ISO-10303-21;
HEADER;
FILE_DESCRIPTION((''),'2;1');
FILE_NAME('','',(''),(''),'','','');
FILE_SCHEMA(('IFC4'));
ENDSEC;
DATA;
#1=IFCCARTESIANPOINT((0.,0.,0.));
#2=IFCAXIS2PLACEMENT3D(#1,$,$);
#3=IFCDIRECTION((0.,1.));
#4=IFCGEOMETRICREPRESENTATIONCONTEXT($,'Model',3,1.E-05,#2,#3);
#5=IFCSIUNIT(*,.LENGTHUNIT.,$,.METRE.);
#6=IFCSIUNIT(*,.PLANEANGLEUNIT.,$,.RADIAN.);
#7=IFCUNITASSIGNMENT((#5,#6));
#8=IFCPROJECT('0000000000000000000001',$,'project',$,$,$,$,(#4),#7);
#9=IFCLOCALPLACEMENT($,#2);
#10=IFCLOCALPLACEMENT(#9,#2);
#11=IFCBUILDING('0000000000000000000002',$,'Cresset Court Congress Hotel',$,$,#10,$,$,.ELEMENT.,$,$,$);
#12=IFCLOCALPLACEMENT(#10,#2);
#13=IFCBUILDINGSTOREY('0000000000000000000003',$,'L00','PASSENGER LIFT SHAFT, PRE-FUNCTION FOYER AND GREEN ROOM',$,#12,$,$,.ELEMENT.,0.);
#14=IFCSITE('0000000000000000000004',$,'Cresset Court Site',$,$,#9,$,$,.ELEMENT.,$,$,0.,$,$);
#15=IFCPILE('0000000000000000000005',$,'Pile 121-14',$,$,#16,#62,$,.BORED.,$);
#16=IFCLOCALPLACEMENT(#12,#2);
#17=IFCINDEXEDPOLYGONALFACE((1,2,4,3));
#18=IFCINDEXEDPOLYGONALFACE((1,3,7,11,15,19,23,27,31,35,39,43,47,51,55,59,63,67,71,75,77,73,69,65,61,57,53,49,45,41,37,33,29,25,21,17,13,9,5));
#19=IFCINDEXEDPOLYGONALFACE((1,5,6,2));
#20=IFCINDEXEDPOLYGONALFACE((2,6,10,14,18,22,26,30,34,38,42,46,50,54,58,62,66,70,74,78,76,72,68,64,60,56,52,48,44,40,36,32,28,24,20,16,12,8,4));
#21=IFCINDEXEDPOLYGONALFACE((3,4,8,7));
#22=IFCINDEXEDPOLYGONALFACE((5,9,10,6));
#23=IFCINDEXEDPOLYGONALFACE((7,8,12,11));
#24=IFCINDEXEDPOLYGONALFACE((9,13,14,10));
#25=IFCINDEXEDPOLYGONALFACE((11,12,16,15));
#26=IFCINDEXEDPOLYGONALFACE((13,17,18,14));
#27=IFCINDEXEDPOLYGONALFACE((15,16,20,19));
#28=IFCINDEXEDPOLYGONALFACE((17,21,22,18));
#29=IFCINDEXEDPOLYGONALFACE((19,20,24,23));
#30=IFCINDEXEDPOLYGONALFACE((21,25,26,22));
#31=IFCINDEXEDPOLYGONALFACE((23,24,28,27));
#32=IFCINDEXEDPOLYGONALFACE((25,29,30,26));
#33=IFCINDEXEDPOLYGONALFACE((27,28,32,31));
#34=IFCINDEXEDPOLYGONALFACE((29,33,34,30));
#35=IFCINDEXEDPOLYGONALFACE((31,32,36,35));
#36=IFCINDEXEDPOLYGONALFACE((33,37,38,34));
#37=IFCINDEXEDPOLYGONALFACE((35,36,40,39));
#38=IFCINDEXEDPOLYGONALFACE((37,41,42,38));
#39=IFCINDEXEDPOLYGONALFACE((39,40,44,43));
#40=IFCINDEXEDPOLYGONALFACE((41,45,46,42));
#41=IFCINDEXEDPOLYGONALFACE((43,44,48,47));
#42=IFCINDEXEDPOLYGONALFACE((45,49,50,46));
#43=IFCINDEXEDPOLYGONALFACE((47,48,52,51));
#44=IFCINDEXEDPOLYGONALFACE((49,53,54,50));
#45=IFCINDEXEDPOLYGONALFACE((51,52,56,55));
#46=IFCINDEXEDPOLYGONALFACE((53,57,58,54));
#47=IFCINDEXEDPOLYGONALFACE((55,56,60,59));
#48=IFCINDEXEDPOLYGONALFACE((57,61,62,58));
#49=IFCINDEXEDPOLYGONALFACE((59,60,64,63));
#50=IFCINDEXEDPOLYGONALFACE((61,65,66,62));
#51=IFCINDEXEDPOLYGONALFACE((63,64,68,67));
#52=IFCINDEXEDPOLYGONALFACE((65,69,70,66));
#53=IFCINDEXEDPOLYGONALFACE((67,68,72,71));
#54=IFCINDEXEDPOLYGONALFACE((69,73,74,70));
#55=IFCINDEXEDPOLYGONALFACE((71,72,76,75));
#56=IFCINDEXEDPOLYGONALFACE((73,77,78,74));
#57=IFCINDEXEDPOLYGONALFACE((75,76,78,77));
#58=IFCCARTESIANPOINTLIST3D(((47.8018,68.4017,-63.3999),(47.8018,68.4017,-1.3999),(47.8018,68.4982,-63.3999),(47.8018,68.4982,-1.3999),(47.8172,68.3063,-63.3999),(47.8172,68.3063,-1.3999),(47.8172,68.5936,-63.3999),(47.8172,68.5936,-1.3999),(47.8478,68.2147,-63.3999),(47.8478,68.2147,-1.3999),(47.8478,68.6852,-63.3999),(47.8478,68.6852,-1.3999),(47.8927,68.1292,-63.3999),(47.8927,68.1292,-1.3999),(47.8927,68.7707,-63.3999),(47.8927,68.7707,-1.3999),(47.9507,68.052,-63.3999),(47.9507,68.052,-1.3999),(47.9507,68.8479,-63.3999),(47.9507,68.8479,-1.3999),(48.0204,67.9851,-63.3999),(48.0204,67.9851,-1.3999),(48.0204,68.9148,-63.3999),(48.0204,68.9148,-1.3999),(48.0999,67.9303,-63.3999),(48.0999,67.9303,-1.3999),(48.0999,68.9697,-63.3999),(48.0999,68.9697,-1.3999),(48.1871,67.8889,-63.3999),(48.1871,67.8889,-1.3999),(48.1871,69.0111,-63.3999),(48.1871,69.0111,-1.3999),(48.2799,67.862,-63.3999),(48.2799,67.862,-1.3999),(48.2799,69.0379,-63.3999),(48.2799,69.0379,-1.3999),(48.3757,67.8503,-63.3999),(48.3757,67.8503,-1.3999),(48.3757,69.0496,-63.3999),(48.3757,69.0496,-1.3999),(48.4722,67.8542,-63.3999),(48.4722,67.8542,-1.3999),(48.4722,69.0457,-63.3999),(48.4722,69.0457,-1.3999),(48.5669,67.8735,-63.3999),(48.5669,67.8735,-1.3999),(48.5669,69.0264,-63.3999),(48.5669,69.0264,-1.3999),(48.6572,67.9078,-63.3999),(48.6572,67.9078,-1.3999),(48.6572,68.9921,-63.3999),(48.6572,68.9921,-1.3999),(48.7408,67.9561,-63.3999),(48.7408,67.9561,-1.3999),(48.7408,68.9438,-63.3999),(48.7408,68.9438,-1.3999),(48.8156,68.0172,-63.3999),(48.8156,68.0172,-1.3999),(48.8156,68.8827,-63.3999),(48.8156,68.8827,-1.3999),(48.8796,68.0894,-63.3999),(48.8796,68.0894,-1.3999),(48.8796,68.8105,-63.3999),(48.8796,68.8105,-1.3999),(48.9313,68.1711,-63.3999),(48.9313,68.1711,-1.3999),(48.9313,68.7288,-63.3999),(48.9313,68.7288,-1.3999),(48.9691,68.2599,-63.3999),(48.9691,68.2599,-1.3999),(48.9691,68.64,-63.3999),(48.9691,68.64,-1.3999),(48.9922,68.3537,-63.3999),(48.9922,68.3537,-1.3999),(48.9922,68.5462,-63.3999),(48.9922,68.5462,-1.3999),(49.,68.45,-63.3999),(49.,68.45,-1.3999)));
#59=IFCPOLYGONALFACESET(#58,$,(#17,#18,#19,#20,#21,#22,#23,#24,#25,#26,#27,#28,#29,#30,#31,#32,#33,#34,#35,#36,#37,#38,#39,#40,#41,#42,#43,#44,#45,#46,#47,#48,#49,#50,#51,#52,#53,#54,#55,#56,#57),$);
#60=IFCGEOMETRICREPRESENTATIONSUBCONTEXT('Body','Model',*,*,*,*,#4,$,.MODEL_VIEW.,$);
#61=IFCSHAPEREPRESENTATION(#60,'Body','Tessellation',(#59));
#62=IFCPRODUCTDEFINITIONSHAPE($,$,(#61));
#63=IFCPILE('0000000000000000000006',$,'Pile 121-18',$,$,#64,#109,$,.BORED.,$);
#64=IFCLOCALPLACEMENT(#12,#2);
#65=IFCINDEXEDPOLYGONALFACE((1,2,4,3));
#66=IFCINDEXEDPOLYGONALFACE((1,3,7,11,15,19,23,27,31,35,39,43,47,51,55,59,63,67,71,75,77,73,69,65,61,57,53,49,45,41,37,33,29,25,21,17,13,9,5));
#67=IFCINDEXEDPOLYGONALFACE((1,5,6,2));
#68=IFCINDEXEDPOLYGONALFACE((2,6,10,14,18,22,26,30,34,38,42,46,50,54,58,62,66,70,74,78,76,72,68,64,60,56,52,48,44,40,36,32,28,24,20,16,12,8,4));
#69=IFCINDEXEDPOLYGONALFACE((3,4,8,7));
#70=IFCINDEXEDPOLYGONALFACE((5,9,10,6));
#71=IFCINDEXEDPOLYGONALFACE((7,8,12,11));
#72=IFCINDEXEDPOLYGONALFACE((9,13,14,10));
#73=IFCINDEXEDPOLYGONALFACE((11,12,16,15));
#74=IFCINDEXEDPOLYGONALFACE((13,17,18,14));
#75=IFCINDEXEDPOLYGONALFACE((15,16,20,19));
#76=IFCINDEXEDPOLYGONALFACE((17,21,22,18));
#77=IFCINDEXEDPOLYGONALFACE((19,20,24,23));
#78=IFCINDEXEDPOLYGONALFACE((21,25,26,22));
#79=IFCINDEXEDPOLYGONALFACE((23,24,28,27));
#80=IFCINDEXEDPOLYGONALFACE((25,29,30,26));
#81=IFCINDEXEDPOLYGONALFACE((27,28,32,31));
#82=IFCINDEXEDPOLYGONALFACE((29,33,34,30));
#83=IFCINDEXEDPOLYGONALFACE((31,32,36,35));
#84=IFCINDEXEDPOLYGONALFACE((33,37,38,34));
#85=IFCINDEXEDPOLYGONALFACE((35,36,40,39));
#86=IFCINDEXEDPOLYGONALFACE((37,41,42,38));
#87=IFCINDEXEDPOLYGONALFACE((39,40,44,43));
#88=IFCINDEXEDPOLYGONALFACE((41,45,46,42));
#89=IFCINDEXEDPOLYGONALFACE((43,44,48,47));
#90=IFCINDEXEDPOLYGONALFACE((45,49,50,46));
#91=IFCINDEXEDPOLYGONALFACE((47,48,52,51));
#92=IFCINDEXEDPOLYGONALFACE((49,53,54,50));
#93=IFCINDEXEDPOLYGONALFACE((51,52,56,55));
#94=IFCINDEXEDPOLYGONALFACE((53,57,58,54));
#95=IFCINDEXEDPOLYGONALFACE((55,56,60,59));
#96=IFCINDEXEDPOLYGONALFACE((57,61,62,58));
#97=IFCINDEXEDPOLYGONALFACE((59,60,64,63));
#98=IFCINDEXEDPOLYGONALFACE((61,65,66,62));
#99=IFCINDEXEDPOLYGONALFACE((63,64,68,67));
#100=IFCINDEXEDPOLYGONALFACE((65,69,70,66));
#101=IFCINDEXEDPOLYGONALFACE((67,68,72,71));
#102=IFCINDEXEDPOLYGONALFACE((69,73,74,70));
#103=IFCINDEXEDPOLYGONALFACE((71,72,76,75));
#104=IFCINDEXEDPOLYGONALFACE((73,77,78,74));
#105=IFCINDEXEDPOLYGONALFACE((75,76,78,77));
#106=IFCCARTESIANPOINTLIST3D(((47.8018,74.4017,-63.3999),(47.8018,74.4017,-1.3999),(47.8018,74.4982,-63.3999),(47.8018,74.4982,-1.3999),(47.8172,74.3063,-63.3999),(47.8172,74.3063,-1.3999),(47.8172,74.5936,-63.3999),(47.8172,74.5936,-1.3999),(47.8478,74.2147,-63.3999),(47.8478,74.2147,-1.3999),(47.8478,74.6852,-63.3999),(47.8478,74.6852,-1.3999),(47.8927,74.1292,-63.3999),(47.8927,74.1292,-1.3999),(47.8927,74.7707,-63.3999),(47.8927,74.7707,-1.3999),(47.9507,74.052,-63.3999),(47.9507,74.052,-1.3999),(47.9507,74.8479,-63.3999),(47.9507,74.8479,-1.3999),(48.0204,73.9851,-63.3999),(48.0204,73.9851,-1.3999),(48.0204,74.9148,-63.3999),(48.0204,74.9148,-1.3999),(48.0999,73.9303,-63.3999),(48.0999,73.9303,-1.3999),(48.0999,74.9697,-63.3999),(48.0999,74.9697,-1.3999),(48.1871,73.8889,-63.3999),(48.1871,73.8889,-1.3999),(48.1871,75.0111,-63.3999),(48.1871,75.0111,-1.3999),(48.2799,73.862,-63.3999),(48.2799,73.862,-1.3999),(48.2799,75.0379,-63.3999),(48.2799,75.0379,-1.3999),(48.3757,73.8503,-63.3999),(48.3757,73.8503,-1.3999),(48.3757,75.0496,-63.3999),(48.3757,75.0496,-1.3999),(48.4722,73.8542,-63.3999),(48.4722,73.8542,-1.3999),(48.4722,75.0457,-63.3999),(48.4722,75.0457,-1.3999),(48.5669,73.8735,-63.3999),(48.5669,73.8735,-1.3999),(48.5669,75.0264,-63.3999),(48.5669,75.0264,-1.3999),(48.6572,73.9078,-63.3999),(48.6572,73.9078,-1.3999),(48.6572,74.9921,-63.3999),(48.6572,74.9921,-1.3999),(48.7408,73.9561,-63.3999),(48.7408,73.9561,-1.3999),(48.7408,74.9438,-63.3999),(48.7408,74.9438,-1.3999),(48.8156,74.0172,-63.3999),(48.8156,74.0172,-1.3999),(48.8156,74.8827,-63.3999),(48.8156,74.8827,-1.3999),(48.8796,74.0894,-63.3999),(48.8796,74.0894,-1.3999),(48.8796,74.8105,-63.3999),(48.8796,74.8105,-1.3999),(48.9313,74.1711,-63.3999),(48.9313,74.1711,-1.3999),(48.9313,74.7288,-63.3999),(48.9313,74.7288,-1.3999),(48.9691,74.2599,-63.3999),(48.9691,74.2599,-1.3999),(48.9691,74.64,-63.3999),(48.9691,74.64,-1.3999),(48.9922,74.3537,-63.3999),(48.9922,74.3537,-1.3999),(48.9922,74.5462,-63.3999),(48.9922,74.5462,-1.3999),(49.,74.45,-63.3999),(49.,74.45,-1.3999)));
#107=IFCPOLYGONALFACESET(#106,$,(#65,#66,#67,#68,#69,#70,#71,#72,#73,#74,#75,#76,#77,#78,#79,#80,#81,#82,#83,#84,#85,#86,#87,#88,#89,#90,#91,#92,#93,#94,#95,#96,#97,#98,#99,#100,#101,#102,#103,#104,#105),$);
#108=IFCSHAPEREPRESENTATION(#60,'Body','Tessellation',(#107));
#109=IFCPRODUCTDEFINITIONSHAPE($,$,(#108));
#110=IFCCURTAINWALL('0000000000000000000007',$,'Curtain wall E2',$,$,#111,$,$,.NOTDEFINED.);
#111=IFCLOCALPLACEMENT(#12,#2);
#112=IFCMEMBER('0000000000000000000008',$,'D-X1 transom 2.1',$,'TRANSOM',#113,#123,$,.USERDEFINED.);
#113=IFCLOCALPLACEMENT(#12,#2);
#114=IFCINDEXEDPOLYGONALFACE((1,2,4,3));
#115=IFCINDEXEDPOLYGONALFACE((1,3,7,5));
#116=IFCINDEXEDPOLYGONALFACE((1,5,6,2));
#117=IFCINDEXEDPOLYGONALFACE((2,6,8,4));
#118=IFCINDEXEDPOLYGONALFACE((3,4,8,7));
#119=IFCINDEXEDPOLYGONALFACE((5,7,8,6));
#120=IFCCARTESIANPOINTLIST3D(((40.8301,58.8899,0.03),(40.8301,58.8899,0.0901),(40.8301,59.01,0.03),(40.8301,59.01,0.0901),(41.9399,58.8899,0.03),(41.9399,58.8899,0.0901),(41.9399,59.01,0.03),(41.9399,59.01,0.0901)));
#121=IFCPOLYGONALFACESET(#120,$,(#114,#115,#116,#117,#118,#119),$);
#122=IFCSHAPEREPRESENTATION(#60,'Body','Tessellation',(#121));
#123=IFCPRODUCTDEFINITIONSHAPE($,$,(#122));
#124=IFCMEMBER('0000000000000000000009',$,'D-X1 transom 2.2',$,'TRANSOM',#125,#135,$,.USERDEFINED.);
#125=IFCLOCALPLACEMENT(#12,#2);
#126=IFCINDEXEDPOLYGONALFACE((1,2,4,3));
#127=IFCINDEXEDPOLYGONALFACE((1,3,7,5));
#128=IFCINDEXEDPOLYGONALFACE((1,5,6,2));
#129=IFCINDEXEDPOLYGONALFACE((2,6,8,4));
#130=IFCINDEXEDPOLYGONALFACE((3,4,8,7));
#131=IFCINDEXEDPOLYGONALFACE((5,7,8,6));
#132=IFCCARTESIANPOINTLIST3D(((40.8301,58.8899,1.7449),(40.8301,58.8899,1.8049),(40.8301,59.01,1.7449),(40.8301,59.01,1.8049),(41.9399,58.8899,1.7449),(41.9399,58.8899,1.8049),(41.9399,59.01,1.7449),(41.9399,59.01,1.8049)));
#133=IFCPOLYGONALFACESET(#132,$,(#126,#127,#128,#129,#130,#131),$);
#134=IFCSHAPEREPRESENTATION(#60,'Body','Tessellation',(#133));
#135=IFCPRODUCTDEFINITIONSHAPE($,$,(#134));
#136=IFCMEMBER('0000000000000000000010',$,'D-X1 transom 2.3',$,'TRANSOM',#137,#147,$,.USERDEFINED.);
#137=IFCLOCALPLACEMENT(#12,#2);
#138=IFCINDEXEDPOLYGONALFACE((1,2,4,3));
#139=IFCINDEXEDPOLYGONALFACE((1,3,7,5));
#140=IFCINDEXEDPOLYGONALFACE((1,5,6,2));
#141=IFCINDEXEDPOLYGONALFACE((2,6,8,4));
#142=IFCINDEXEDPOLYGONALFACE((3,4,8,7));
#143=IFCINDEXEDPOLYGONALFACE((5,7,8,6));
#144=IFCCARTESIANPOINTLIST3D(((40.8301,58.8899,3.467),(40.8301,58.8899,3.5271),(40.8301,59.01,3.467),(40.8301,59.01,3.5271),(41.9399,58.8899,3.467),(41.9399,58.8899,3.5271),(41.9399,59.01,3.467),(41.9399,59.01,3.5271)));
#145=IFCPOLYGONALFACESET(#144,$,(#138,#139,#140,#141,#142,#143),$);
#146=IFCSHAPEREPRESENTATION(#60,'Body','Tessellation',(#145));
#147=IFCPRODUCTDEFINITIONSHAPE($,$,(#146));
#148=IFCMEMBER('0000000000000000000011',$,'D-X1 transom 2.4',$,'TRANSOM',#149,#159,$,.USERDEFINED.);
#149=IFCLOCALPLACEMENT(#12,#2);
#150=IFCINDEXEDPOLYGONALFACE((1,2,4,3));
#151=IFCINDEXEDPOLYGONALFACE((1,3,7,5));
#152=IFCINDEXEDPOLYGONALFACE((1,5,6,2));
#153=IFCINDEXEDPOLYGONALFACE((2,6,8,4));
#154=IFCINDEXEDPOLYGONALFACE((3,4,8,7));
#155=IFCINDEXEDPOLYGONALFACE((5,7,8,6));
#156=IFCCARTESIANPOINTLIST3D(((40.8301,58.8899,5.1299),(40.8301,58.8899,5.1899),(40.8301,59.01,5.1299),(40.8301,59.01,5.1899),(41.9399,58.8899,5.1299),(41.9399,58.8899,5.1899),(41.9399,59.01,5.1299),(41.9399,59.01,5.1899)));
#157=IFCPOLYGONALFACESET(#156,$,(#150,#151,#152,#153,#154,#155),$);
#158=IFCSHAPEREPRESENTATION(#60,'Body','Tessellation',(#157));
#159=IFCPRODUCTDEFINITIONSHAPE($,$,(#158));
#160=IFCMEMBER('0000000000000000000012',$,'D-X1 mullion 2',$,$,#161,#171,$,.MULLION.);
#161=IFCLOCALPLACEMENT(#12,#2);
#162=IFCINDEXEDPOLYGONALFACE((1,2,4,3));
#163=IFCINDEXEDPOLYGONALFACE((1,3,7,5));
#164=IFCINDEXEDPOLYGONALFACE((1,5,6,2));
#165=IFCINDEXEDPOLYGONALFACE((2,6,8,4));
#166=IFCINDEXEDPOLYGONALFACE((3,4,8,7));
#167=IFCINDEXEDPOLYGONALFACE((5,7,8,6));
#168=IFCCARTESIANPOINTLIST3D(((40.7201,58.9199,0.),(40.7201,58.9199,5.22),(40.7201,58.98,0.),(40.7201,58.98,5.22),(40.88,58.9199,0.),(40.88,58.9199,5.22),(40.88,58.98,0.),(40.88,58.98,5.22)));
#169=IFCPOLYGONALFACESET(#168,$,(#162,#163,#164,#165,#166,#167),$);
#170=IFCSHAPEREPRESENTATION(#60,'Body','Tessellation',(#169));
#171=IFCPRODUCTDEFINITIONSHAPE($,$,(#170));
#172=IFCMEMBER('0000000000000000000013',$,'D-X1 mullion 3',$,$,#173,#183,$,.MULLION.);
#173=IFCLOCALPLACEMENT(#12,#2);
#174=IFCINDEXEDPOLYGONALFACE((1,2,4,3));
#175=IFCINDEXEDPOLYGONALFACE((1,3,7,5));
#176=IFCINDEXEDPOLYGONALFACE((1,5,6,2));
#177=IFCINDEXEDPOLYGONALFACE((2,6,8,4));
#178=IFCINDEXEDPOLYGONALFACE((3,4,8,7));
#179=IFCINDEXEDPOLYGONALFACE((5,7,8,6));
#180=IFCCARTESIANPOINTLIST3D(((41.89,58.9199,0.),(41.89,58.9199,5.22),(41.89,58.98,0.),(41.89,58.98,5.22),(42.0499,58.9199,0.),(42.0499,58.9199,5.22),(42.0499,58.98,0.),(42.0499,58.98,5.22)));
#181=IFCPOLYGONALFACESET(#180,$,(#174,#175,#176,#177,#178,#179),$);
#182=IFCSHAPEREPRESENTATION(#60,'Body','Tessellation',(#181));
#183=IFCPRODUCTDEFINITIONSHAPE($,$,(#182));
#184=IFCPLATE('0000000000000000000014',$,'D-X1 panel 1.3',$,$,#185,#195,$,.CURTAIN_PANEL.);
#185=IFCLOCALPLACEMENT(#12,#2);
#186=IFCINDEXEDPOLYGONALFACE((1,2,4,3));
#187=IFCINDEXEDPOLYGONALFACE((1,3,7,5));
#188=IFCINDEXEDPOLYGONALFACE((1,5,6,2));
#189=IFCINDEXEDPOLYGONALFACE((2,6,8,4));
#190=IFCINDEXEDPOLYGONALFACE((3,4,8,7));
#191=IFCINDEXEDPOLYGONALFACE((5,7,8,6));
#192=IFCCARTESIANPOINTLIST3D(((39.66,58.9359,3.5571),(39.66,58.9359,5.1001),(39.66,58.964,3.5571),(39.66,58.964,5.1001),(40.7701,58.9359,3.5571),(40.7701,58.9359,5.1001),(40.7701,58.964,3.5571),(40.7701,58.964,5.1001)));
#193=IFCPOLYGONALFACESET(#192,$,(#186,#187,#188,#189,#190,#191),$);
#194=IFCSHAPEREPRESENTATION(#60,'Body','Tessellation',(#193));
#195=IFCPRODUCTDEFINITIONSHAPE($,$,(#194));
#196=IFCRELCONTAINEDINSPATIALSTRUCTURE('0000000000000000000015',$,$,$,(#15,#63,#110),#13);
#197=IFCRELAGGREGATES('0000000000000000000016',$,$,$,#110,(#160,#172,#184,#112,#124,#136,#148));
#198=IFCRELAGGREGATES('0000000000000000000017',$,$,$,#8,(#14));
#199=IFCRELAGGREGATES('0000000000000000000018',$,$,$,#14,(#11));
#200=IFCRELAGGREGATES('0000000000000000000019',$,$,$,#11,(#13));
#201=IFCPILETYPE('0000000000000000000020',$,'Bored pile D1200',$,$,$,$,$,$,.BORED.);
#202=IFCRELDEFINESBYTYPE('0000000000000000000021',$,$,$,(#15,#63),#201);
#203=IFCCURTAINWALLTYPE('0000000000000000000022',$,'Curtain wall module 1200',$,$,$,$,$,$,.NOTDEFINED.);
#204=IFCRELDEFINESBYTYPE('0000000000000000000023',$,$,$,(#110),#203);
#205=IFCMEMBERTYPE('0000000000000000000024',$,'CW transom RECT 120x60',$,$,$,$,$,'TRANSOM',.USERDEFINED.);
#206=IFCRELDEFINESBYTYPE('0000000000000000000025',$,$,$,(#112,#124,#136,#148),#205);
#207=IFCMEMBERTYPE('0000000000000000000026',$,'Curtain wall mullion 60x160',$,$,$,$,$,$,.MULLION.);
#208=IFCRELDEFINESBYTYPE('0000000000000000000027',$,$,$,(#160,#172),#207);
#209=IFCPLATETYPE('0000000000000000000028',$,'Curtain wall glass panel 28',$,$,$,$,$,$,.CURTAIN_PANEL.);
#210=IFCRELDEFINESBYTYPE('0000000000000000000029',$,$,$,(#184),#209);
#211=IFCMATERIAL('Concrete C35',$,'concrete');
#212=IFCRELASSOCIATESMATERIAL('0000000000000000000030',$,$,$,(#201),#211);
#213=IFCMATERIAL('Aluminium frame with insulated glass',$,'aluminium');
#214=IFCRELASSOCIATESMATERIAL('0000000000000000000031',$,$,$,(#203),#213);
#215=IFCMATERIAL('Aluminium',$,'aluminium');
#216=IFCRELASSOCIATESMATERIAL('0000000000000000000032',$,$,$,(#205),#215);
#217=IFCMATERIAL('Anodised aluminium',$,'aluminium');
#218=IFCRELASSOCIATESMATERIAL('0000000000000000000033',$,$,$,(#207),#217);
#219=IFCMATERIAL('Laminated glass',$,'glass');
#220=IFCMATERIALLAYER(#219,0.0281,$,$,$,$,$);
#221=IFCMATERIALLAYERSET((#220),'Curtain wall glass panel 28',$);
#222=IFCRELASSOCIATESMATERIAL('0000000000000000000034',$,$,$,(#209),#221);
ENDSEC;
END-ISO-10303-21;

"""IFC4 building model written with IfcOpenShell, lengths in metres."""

from ifc_helpers import new_model, si_unit, direction, frame, origin, origin_2d, place, context, subcontext, project, spatial, rectangle, circle, extrude, material, layer, layer_set, material_profile, profile_set, type_object, element, aggregate, save


model = new_model("IFC4")

# Units and contexts
model_context = context("Model", 3, precision=1e-05, world=origin(), true_north=direction((0.0, 1.0)))
body_context = subcontext(model_context, "Body", "Model", "MODEL_VIEW")
ifc_project = project(units=[si_unit("LENGTHUNIT", "METRE"), si_unit("PLANEANGLEUNIT", "RADIAN")], contexts=[model_context])

# Site, building, storey
site_placement = place(None, origin())
site = spatial("IfcSite", under=ifc_project, at=site_placement, Name="Cresset Court Site", CompositionType="ELEMENT", RefElevation=0.0)
building_placement = place(site_placement, origin())
building = spatial("IfcBuilding", under=site, at=building_placement, Name="Cresset Court Congress Hotel", CompositionType="ELEMENT")
storey_placement = place(building_placement, origin())
storey = spatial("IfcBuildingStorey", under=building, at=storey_placement, Name="L00", Description="PASSENGER LIFT SHAFT, PRE-FUNCTION FOYER AND GREEN ROOM", CompositionType="ELEMENT", Elevation=0.0)

# Piles
ifc_material_1 = material(Name="Concrete C35", Category="concrete")
pile_type = type_object("IfcPileType", Name="Bored pile D1200", PredefinedType="BORED", material=ifc_material_1)
for number, where, z_axis, x_axis, name in (
    (1, (48.3999, 68.45, -1.3999), (0.0, 0.0, -1.0), (1.0, 0.0, 0.0), "Pile 121-14"),
    (2, (48.3999, 74.45, -1.3999), (0.0, 0.0, -1.0), (1.0, 0.0, 0.0), "Pile 121-18"),
):
    element("IfcPile", number, at=place(storey_placement, frame(where, z_axis=z_axis, x_axis=x_axis)), inside=storey, type_object=pile_type, Name=name, PredefinedType="BORED", context=body_context, shape_type="SweptSolid", body=[
        extrude(circle(Radius=0.6001, at=origin_2d()), origin(), (0.0, 0.0, 1.0), 62.0),
    ])

# Curtain wall, members, plate
ifc_material_2 = material(Name="Aluminium frame with insulated glass", Category="aluminium")
curtain_wall_type = type_object("IfcCurtainWallType", Name="Curtain wall module 1200", PredefinedType="NOTDEFINED", material=ifc_material_2)
curtain_wall_placement = place(storey_placement, origin())
curtain_wall = element("IfcCurtainWall", 3, at=curtain_wall_placement, inside=storey, type_object=curtain_wall_type, Name="Curtain wall E2", PredefinedType="NOTDEFINED")
ifc_material_3 = material(Name="Aluminium", Category="aluminium")
ifc_material_profile_1 = material_profile(ifc_material_3, rectangle(XDim=0.1201, YDim=0.0601, at=origin_2d()), Name="AL 120x60")
ifc_profile_set_1 = profile_set([ifc_material_profile_1], Name="Aluminium")
member_type_1 = type_object("IfcMemberType", Name="CW transom RECT 120x60", ElementType="TRANSOM", PredefinedType="USERDEFINED", material=ifc_profile_set_1)
member_1_placement = place(storey_placement, frame((40.8301, 58.95, 0.0601), z_axis=(1.0, 0.0, 0.0), x_axis=(0.0, 1.0, 0.0)))
member_1 = element("IfcMember", 4, at=member_1_placement, type_object=member_type_1, Name="D-X1 transom 2.1", ObjectType="TRANSOM", PredefinedType="USERDEFINED", context=body_context, shape_type="SweptSolid", body=[
    extrude(rectangle(XDim=0.1201, YDim=0.0601, at=origin_2d()), origin(), (0.0, 0.0, 1.0), 1.1099),
])
member_2_placement = place(storey_placement, frame((40.8301, 58.95, 1.7749), z_axis=(1.0, 0.0, 0.0), x_axis=(0.0, 1.0, 0.0)))
member_2 = element("IfcMember", 5, at=member_2_placement, type_object=member_type_1, Name="D-X1 transom 2.2", ObjectType="TRANSOM", PredefinedType="USERDEFINED", context=body_context, shape_type="SweptSolid", body=[
    extrude(rectangle(XDim=0.1201, YDim=0.0601, at=origin_2d()), origin(), (0.0, 0.0, 1.0), 1.1099),
])
member_3_placement = place(storey_placement, frame((40.8301, 58.95, 3.4971), z_axis=(1.0, 0.0, 0.0), x_axis=(0.0, 1.0, 0.0)))
member_3 = element("IfcMember", 6, at=member_3_placement, type_object=member_type_1, Name="D-X1 transom 2.3", ObjectType="TRANSOM", PredefinedType="USERDEFINED", context=body_context, shape_type="SweptSolid", body=[
    extrude(rectangle(XDim=0.1201, YDim=0.0601, at=origin_2d()), origin(), (0.0, 0.0, 1.0), 1.1099),
])
member_4_placement = place(storey_placement, frame((40.8301, 58.95, 5.1599), z_axis=(1.0, 0.0, 0.0), x_axis=(0.0, 1.0, 0.0)))
member_4 = element("IfcMember", 7, at=member_4_placement, type_object=member_type_1, Name="D-X1 transom 2.4", ObjectType="TRANSOM", PredefinedType="USERDEFINED", context=body_context, shape_type="SweptSolid", body=[
    extrude(rectangle(XDim=0.1201, YDim=0.0601, at=origin_2d()), origin(), (0.0, 0.0, 1.0), 1.1099),
])
ifc_material_4 = material(Name="Anodised aluminium", Category="aluminium")
ifc_material_profile_2 = material_profile(ifc_material_4, rectangle(XDim=0.0601, YDim=0.1599, at=origin_2d()), Name="AL60x160")
ifc_profile_set_2 = profile_set([ifc_material_profile_2], Name="Anodised aluminium")
member_type_2 = type_object("IfcMemberType", Name="Curtain wall mullion 60x160", PredefinedType="MULLION", material=ifc_profile_set_2)
member_5_placement = place(storey_placement, frame((40.8, 58.95, 0.0), z_axis=(0.0, 0.0, 1.0), x_axis=(0.0, 1.0, 0.0)))
member_5 = element("IfcMember", 8, at=member_5_placement, type_object=member_type_2, Name="D-X1 mullion 2", PredefinedType="MULLION", context=body_context, shape_type="SweptSolid", body=[
    extrude(rectangle(XDim=0.0601, YDim=0.1599, at=origin_2d()), origin(), (0.0, 0.0, 1.0), 5.22),
])
member_6_placement = place(storey_placement, frame((41.97, 58.95, 0.0), z_axis=(0.0, 0.0, 1.0), x_axis=(0.0, 1.0, 0.0)))
member_6 = element("IfcMember", 9, at=member_6_placement, type_object=member_type_2, Name="D-X1 mullion 3", PredefinedType="MULLION", context=body_context, shape_type="SweptSolid", body=[
    extrude(rectangle(XDim=0.0601, YDim=0.1599, at=origin_2d()), origin(), (0.0, 0.0, 1.0), 5.22),
])
ifc_material_5 = material(Name="Laminated glass", Category="glass")
ifc_layer_1 = layer(ifc_material_5, 0.0281)
ifc_layer_set_1 = layer_set([ifc_layer_1], Name="Curtain wall glass panel 28")
plate_type = type_object("IfcPlateType", Name="Curtain wall glass panel 28", PredefinedType="CURTAIN_PANEL", material=ifc_layer_set_1)
plate_1_placement = place(storey_placement, frame((40.2151, 58.95, 3.5571), z_axis=(0.0, 0.0, 1.0), x_axis=(1.0, 0.0, 0.0)))
plate_1 = element("IfcPlate", 10, at=plate_1_placement, type_object=plate_type, Name="D-X1 panel 1.3", PredefinedType="CURTAIN_PANEL", context=body_context, shape_type="SweptSolid", body=[
    extrude(rectangle(XDim=1.1101, YDim=0.0281, at=origin_2d()), origin(), (0.0, 0.0, 1.0), 1.543),
])
aggregate(curtain_wall, [member_5, member_6, plate_1, member_1, member_2, member_3, member_4])

save(model, "model.ifc")
